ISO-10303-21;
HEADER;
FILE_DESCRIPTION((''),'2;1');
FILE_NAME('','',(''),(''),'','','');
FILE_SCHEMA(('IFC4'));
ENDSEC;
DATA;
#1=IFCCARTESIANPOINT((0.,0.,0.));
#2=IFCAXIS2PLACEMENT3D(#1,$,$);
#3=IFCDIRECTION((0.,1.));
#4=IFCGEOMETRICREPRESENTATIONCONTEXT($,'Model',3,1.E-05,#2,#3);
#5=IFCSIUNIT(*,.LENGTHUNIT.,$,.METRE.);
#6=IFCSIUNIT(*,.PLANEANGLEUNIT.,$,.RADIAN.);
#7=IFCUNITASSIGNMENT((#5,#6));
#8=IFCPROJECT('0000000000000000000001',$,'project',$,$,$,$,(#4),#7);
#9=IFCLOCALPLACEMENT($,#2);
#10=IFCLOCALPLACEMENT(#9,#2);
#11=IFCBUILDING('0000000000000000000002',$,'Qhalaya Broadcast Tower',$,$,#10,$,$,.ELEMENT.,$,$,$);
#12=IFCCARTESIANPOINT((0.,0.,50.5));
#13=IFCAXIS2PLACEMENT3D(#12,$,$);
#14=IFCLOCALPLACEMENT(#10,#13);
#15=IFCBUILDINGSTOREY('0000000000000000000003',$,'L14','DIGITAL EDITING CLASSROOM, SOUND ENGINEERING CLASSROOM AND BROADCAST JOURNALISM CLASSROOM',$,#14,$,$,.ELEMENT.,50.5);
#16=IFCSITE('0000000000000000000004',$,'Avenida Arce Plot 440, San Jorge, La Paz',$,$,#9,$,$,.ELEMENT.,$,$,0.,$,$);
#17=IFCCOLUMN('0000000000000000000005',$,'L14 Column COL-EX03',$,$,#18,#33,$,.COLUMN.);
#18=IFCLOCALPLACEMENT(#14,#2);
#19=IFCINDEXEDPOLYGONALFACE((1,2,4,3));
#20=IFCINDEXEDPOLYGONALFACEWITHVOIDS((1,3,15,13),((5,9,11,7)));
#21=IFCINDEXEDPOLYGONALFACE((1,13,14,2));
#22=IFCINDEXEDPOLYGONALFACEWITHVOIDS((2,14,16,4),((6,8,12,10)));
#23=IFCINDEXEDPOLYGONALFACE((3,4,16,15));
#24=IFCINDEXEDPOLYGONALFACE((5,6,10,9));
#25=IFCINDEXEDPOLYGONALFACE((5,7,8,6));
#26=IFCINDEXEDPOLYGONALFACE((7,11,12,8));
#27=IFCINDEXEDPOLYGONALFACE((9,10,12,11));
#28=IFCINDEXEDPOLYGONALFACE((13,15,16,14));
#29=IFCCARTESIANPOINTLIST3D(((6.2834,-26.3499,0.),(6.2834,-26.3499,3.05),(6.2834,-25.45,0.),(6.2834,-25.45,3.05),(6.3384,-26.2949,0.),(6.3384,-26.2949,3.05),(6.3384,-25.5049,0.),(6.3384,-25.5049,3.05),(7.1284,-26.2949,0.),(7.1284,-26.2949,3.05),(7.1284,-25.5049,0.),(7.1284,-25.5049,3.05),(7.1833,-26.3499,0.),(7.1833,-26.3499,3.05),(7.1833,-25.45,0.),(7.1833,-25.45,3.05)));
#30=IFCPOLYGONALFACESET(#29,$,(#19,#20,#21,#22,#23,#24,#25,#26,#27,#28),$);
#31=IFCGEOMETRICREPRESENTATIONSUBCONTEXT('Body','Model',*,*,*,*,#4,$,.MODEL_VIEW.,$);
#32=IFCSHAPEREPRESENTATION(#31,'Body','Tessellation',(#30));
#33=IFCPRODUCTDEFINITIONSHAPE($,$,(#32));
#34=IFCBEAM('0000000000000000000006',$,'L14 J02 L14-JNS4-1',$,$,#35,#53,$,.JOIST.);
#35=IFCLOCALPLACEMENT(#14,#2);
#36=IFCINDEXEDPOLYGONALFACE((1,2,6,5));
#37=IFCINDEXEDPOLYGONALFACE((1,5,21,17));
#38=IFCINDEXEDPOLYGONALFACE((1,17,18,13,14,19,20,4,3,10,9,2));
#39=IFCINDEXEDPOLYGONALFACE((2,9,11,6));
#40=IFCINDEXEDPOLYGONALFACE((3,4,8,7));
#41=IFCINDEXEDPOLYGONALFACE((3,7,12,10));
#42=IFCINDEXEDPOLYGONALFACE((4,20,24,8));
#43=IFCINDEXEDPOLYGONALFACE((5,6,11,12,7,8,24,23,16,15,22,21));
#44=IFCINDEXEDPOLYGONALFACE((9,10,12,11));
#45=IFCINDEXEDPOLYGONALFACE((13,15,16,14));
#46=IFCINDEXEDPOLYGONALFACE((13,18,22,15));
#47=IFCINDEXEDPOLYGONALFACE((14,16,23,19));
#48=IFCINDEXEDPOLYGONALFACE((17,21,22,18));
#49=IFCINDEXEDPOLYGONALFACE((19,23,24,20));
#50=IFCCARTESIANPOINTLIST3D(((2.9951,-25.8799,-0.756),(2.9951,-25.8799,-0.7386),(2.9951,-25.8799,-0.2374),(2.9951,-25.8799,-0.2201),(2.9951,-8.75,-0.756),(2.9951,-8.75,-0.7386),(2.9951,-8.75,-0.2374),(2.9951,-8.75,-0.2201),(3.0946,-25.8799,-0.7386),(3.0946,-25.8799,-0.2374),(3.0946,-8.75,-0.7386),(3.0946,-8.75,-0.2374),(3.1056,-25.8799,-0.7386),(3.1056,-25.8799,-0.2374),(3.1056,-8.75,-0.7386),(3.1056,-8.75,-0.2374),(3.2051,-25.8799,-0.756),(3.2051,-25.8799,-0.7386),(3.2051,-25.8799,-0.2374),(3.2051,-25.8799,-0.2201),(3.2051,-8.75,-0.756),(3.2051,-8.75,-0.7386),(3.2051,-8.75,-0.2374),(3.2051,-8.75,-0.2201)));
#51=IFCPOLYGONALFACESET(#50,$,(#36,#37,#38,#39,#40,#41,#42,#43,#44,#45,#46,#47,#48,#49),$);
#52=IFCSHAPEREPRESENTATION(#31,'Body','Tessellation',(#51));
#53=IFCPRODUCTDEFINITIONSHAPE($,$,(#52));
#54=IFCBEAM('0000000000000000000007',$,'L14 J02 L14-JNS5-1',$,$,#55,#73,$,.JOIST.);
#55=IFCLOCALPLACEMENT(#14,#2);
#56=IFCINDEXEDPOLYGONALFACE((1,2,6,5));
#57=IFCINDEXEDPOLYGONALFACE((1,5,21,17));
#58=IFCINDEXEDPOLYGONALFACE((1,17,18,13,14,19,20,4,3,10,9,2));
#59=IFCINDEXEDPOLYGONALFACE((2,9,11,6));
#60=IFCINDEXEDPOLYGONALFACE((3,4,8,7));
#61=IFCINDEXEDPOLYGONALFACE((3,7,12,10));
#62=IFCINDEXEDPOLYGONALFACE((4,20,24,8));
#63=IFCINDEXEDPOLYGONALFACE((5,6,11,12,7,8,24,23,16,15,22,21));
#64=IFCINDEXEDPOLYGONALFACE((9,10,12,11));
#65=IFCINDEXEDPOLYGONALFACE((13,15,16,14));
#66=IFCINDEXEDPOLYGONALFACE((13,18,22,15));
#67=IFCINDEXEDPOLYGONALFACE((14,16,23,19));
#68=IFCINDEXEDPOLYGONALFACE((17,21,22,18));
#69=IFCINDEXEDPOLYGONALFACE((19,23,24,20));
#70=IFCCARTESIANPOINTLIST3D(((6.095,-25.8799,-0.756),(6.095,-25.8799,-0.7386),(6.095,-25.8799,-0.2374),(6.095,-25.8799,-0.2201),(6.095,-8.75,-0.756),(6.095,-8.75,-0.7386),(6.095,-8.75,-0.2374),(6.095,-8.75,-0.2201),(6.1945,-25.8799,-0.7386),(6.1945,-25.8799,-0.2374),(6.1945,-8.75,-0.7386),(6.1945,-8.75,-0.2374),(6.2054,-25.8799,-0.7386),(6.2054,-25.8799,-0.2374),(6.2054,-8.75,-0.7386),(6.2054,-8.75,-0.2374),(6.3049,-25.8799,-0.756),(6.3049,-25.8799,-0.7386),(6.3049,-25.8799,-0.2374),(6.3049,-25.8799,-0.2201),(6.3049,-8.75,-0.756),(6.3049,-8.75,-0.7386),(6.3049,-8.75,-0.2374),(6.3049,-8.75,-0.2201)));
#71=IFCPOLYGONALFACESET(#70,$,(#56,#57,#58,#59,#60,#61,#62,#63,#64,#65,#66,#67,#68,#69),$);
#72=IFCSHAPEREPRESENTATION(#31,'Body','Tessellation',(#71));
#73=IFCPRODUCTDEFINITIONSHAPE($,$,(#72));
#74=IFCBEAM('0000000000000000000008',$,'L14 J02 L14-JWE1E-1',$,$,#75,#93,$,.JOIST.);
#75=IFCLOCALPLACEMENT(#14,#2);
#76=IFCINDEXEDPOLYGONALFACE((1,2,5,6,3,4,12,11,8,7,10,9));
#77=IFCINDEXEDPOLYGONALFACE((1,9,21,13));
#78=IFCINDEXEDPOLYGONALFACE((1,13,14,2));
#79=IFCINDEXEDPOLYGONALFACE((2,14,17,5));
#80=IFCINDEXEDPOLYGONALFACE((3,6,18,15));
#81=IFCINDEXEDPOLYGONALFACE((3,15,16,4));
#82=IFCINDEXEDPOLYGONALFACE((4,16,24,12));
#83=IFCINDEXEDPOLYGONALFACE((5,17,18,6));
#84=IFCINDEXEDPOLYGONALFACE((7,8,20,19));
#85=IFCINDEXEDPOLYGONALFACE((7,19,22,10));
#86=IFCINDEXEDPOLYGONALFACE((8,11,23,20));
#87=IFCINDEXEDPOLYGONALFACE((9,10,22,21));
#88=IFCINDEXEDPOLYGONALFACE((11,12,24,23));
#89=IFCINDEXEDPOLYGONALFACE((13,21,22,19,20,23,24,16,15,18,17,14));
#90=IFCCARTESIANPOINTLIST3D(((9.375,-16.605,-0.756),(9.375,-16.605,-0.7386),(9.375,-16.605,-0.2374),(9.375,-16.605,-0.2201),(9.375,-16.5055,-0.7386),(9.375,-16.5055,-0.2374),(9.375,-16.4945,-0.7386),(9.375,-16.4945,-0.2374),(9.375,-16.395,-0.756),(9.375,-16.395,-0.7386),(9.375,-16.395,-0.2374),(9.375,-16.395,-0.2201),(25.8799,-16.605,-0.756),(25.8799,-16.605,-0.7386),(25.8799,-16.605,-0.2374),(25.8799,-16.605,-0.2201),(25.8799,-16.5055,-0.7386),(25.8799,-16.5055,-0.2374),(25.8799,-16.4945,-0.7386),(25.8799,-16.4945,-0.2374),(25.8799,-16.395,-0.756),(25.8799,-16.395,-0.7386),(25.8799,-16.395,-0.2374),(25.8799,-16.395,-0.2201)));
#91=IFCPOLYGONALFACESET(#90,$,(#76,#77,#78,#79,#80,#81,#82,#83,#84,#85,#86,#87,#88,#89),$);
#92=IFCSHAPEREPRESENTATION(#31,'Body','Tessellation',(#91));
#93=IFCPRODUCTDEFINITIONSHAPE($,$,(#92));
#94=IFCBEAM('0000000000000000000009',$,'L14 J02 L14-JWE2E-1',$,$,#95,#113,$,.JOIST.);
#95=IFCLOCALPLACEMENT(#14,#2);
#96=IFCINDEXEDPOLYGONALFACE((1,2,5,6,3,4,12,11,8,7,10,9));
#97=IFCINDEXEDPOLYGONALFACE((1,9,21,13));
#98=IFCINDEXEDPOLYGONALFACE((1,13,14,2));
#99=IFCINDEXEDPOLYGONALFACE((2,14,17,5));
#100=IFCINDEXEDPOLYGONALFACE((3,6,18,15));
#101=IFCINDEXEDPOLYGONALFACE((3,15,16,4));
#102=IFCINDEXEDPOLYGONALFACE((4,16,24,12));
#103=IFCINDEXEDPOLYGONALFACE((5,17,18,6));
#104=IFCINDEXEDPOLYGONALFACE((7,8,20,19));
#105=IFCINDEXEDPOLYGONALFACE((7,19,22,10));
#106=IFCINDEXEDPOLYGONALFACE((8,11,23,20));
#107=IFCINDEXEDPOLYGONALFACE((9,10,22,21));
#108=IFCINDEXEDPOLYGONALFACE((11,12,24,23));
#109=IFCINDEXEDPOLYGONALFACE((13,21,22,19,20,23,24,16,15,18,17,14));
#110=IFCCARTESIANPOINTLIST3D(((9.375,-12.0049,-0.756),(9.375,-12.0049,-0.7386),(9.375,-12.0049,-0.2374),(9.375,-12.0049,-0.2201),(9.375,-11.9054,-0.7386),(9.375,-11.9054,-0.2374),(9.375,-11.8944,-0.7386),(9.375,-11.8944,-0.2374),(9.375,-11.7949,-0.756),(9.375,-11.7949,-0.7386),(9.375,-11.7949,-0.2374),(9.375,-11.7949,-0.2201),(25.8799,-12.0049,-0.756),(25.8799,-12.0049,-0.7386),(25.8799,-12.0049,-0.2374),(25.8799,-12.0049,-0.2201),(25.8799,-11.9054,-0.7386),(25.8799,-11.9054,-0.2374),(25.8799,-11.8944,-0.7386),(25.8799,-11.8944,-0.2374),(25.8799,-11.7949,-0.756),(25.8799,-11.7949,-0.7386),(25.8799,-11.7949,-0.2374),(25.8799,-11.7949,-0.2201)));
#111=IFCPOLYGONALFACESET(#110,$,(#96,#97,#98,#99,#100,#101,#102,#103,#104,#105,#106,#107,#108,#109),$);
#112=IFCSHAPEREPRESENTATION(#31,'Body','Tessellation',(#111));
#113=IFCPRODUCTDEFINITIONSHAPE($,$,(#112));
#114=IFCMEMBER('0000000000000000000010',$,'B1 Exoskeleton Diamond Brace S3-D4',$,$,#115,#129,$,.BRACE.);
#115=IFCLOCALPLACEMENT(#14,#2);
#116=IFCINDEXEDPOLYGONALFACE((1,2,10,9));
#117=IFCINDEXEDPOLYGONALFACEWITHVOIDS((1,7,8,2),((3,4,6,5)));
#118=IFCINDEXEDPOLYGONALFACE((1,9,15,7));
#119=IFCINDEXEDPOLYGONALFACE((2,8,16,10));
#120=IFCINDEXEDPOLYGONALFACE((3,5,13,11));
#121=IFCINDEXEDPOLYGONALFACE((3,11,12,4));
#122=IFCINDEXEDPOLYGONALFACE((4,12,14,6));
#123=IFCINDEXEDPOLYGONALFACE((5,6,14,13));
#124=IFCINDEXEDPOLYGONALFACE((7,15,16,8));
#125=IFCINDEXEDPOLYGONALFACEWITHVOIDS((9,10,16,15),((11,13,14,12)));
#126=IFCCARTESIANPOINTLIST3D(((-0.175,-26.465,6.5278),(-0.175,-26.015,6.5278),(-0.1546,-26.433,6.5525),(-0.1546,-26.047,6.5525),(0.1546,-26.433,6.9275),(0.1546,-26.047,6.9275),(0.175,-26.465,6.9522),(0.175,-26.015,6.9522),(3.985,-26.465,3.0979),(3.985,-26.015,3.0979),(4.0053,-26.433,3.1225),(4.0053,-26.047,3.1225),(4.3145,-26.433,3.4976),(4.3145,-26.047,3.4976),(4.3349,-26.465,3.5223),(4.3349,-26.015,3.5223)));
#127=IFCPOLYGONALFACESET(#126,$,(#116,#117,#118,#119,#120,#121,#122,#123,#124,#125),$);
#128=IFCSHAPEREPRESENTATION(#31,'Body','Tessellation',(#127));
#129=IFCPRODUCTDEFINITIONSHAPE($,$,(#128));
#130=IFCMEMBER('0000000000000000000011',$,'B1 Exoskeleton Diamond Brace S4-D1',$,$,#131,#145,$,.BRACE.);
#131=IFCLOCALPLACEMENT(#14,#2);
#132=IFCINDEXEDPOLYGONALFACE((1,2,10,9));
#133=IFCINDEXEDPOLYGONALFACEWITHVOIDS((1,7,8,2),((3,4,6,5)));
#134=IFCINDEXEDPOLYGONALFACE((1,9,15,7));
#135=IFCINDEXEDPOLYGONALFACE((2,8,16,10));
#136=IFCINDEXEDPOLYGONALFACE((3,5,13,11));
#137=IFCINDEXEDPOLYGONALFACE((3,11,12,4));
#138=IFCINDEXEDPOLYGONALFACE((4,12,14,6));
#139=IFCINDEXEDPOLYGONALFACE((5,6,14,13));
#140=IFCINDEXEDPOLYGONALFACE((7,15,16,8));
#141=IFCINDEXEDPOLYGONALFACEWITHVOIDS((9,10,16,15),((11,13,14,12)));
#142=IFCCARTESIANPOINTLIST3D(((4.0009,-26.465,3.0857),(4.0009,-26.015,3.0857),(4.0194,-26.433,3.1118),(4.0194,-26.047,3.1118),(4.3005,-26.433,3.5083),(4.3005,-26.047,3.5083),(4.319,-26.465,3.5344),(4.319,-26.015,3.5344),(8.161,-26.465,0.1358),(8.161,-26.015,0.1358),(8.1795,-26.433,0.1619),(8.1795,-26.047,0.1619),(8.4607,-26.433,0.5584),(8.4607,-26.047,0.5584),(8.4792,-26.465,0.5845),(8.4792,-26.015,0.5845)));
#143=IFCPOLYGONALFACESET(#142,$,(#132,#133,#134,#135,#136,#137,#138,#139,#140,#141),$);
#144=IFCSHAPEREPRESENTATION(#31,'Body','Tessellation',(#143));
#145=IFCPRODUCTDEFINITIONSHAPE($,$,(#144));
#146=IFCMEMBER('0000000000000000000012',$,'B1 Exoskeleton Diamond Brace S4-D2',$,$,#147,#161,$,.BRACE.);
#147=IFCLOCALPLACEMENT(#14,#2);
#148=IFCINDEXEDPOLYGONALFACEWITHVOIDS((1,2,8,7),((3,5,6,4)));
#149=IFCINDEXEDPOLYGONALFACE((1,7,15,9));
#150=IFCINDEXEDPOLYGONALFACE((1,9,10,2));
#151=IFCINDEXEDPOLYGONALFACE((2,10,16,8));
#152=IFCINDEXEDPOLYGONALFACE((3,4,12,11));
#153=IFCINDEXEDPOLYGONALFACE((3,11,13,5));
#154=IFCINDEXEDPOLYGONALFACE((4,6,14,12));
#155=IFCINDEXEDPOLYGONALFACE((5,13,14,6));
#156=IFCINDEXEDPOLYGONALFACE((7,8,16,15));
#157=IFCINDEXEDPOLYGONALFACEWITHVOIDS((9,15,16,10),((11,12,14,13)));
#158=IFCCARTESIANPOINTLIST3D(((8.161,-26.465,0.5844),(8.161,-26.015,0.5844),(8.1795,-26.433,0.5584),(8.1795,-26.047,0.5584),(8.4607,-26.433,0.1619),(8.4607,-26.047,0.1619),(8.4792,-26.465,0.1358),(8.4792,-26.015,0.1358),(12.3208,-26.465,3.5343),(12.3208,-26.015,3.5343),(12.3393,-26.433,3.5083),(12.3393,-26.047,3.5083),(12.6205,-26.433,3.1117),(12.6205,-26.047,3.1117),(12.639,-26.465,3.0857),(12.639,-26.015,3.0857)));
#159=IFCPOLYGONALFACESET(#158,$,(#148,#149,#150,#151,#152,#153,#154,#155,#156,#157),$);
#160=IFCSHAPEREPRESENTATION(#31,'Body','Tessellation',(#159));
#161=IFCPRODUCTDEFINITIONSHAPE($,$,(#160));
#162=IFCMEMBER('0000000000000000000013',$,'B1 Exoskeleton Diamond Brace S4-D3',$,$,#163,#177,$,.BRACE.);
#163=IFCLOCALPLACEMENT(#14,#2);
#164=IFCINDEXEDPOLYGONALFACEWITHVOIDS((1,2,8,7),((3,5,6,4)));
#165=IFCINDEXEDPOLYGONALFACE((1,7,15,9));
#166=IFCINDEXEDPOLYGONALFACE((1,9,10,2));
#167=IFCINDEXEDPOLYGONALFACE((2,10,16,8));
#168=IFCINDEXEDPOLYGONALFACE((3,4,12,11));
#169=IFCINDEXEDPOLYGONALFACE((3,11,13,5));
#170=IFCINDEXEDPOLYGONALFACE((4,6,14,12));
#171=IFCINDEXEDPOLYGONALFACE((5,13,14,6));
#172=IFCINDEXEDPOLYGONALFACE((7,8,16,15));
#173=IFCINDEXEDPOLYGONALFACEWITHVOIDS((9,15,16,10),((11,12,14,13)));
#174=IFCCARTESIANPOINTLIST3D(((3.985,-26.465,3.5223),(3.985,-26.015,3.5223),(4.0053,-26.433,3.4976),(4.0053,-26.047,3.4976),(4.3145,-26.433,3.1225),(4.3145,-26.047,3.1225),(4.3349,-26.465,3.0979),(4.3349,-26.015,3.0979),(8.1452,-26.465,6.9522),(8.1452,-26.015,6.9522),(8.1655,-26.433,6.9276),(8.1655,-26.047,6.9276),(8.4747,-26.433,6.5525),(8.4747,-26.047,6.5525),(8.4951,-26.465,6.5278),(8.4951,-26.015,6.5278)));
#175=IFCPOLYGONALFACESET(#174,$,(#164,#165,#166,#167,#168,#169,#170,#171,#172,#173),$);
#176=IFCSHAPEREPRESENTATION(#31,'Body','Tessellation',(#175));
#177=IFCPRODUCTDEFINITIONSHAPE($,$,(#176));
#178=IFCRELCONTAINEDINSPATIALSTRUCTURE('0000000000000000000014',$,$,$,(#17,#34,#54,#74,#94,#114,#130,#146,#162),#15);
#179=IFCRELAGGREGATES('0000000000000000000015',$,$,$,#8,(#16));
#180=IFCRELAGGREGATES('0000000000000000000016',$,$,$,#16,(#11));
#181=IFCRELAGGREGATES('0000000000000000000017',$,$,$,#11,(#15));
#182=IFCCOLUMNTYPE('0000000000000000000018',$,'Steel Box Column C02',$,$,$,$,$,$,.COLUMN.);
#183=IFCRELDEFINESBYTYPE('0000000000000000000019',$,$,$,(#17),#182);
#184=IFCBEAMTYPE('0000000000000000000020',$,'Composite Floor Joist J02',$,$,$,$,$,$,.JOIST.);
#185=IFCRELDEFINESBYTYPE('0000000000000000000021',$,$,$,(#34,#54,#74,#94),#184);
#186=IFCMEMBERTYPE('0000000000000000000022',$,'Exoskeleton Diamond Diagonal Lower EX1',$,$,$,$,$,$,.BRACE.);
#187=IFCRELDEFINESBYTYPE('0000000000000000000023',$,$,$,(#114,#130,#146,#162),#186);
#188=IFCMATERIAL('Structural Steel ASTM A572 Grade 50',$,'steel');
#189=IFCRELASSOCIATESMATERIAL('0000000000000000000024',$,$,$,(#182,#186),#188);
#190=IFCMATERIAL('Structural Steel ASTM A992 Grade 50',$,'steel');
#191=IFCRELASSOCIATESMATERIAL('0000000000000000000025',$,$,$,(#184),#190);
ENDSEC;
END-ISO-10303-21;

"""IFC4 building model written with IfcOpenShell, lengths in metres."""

from ifc_helpers import new_model, si_unit, direction, frame, origin, origin_2d, place, context, subcontext, project, spatial, hollow_rectangle, i_section, extrude, material, material_profile, profile_set, type_object, element, save


model = new_model("IFC4")

# Units and contexts
model_context = context("Model", 3, precision=1e-05, world=origin(), true_north=direction((0.0, 1.0)))
body_context = subcontext(model_context, "Body", "Model", "MODEL_VIEW")
ifc_project = project(units=[si_unit("LENGTHUNIT", "METRE"), si_unit("PLANEANGLEUNIT", "RADIAN")], contexts=[model_context])

# Site, building, storey
site_placement = place(None, origin())
site = spatial("IfcSite", under=ifc_project, at=site_placement, Name="Avenida Arce Plot 440, San Jorge, La Paz", CompositionType="ELEMENT", RefElevation=0.0)
building_placement = place(site_placement, origin())
building = spatial("IfcBuilding", under=site, at=building_placement, Name="Qhalaya Broadcast Tower", CompositionType="ELEMENT")
storey_placement = place(building_placement, frame((0.0, 0.0, 50.5)))
storey = spatial("IfcBuildingStorey", under=building, at=storey_placement, Name="L14", Description="DIGITAL EDITING CLASSROOM, SOUND ENGINEERING CLASSROOM AND BROADCAST JOURNALISM CLASSROOM", CompositionType="ELEMENT", Elevation=50.5)

# Column
ifc_material_1 = material(Name="Structural Steel ASTM A572 Grade 50", Category="steel")
ifc_material_profile_1 = material_profile(ifc_material_1, hollow_rectangle(XDim=0.8999, YDim=0.8999, WallThickness=0.0549, at=origin_2d()), Name="BOX 900x900x55")
ifc_profile_set_1 = profile_set([ifc_material_profile_1], Name="Structural Steel ASTM A572 Grade 50")
column_type = type_object("IfcColumnType", Name="Steel Box Column C02", PredefinedType="COLUMN", material=ifc_profile_set_1)
column_placement = place(storey_placement, frame((6.7334, -25.8999, 0.0), z_axis=(0.0, 0.0, 1.0), x_axis=(1.0, 0.0, 0.0)))
element("IfcColumn", 1, at=column_placement, inside=storey, type_object=column_type, Name="L14 Column COL-EX03", PredefinedType="COLUMN", context=body_context, shape_type="SweptSolid", body=[
    extrude(hollow_rectangle(XDim=0.8999, YDim=0.8999, WallThickness=0.0549, at=origin_2d()), origin(), (0.0, 0.0, 1.0), 3.05),
])

# Beams
ifc_material_2 = material(Name="Structural Steel ASTM A992 Grade 50", Category="steel")
ifc_material_profile_2 = material_profile(ifc_material_2, i_section(OverallWidth=0.21, OverallDepth=0.5359, WebThickness=0.011, FlangeThickness=0.0173, at=origin_2d()), Name="W21X68")
ifc_profile_set_2 = profile_set([ifc_material_profile_2], Name="Structural Steel ASTM A992 Grade 50")
beam_type_1 = type_object("IfcBeamType", Name="Composite Floor Joist J02", PredefinedType="JOIST", material=ifc_profile_set_2)
for number, where, z_axis, x_axis, name in (
    (2, (3.1001, -25.8799, -0.488), (0.0, 1.0, 0.0), (-1.0, 0.0, 0.0), "L14 J02 L14-JNS4-1"),
    (3, (6.2, -25.8799, -0.488), (0.0, 1.0, 0.0), (-1.0, 0.0, 0.0), "L14 J02 L14-JNS5-1"),
):
    element("IfcBeam", number, at=place(storey_placement, frame(where, z_axis=z_axis, x_axis=x_axis)), inside=storey, type_object=beam_type_1, Name=name, PredefinedType="JOIST", context=body_context, shape_type="SweptSolid", body=[
        extrude(i_section(OverallWidth=0.21, OverallDepth=0.5359, WebThickness=0.011, FlangeThickness=0.0173, at=origin_2d()), origin(), (0.0, 0.0, 1.0), 17.1299),
    ])
for number, where, z_axis, x_axis, name in (
    (4, (9.375, -16.5, -0.488), (1.0, 0.0, 0.0), (0.0, 1.0, 0.0), "L14 J02 L14-JWE1E-1"),
    (5, (9.375, -11.8999, -0.488), (1.0, 0.0, 0.0), (0.0, 1.0, 0.0), "L14 J02 L14-JWE2E-1"),
):
    element("IfcBeam", number, at=place(storey_placement, frame(where, z_axis=z_axis, x_axis=x_axis)), inside=storey, type_object=beam_type_1, Name=name, PredefinedType="JOIST", context=body_context, shape_type="SweptSolid", body=[
        extrude(i_section(OverallWidth=0.21, OverallDepth=0.5359, WebThickness=0.011, FlangeThickness=0.0173, at=origin_2d()), origin(), (0.0, 0.0, 1.0), 16.5049),
    ])

# Members
ifc_material_profile_3 = material_profile(ifc_material_1, hollow_rectangle(XDim=0.45, YDim=0.55, WallThickness=0.032, at=origin_2d()), Name="BOX 450x550x32")
ifc_profile_set_3 = profile_set([ifc_material_profile_3], Name="Structural Steel ASTM A572 Grade 50")
member_type = type_object("IfcMemberType", Name="Exoskeleton Diamond Diagonal Lower EX1", PredefinedType="BRACE", material=ifc_profile_set_3)
member_1_placement = place(storey_placement, frame((4.1599, -26.24, 3.3101), z_axis=(-0.771555, 0.0, 0.636163), x_axis=(0.0, -1.0, 0.0)))
element("IfcMember", 6, at=member_1_placement, inside=storey, type_object=member_type, Name="B1 Exoskeleton Diamond Brace S3-D4", PredefinedType="BRACE", context=body_context, shape_type="SweptSolid", body=[
    extrude(hollow_rectangle(XDim=0.45, YDim=0.55, WallThickness=0.032, at=origin_2d()), origin(), (0.0, 0.0, 1.0), 5.3916),
])
member_2_placement = place(storey_placement, frame((8.3201, -26.24, 0.3601), z_axis=(-0.815731, 0.0, 0.578432), x_axis=(0.0, -1.0, 0.0)))
element("IfcMember", 7, at=member_2_placement, inside=storey, type_object=member_type, Name="B1 Exoskeleton Diamond Brace S4-D1", PredefinedType="BRACE", context=body_context, shape_type="SweptSolid", body=[
    extrude(hollow_rectangle(XDim=0.45, YDim=0.55, WallThickness=0.032, at=origin_2d()), origin(), (0.0, 0.0, 1.0), 5.0999),
])
member_3_placement = place(storey_placement, frame((8.3201, -26.24, 0.3601), z_axis=(0.815715, 0.0, 0.578454), x_axis=(0.0, 1.0, 0.0)))
element("IfcMember", 8, at=member_3_placement, inside=storey, type_object=member_type, Name="B1 Exoskeleton Diamond Brace S4-D2", PredefinedType="BRACE", context=body_context, shape_type="SweptSolid", body=[
    extrude(hollow_rectangle(XDim=0.45, YDim=0.55, WallThickness=0.032, at=origin_2d()), origin(), (0.0, 0.0, 1.0), 5.0996),
])
member_4_placement = place(storey_placement, frame((4.1599, -26.24, 3.3101), z_axis=(0.771573, 0.0, 0.63614), x_axis=(0.0, 1.0, 0.0)))
element("IfcMember", 9, at=member_4_placement, inside=storey, type_object=member_type, Name="B1 Exoskeleton Diamond Brace S4-D3", PredefinedType="BRACE", context=body_context, shape_type="SweptSolid", body=[
    extrude(hollow_rectangle(XDim=0.45, YDim=0.55, WallThickness=0.032, at=origin_2d()), origin(), (0.0, 0.0, 1.0), 5.3918),
])

save(model, "model.ifc")
